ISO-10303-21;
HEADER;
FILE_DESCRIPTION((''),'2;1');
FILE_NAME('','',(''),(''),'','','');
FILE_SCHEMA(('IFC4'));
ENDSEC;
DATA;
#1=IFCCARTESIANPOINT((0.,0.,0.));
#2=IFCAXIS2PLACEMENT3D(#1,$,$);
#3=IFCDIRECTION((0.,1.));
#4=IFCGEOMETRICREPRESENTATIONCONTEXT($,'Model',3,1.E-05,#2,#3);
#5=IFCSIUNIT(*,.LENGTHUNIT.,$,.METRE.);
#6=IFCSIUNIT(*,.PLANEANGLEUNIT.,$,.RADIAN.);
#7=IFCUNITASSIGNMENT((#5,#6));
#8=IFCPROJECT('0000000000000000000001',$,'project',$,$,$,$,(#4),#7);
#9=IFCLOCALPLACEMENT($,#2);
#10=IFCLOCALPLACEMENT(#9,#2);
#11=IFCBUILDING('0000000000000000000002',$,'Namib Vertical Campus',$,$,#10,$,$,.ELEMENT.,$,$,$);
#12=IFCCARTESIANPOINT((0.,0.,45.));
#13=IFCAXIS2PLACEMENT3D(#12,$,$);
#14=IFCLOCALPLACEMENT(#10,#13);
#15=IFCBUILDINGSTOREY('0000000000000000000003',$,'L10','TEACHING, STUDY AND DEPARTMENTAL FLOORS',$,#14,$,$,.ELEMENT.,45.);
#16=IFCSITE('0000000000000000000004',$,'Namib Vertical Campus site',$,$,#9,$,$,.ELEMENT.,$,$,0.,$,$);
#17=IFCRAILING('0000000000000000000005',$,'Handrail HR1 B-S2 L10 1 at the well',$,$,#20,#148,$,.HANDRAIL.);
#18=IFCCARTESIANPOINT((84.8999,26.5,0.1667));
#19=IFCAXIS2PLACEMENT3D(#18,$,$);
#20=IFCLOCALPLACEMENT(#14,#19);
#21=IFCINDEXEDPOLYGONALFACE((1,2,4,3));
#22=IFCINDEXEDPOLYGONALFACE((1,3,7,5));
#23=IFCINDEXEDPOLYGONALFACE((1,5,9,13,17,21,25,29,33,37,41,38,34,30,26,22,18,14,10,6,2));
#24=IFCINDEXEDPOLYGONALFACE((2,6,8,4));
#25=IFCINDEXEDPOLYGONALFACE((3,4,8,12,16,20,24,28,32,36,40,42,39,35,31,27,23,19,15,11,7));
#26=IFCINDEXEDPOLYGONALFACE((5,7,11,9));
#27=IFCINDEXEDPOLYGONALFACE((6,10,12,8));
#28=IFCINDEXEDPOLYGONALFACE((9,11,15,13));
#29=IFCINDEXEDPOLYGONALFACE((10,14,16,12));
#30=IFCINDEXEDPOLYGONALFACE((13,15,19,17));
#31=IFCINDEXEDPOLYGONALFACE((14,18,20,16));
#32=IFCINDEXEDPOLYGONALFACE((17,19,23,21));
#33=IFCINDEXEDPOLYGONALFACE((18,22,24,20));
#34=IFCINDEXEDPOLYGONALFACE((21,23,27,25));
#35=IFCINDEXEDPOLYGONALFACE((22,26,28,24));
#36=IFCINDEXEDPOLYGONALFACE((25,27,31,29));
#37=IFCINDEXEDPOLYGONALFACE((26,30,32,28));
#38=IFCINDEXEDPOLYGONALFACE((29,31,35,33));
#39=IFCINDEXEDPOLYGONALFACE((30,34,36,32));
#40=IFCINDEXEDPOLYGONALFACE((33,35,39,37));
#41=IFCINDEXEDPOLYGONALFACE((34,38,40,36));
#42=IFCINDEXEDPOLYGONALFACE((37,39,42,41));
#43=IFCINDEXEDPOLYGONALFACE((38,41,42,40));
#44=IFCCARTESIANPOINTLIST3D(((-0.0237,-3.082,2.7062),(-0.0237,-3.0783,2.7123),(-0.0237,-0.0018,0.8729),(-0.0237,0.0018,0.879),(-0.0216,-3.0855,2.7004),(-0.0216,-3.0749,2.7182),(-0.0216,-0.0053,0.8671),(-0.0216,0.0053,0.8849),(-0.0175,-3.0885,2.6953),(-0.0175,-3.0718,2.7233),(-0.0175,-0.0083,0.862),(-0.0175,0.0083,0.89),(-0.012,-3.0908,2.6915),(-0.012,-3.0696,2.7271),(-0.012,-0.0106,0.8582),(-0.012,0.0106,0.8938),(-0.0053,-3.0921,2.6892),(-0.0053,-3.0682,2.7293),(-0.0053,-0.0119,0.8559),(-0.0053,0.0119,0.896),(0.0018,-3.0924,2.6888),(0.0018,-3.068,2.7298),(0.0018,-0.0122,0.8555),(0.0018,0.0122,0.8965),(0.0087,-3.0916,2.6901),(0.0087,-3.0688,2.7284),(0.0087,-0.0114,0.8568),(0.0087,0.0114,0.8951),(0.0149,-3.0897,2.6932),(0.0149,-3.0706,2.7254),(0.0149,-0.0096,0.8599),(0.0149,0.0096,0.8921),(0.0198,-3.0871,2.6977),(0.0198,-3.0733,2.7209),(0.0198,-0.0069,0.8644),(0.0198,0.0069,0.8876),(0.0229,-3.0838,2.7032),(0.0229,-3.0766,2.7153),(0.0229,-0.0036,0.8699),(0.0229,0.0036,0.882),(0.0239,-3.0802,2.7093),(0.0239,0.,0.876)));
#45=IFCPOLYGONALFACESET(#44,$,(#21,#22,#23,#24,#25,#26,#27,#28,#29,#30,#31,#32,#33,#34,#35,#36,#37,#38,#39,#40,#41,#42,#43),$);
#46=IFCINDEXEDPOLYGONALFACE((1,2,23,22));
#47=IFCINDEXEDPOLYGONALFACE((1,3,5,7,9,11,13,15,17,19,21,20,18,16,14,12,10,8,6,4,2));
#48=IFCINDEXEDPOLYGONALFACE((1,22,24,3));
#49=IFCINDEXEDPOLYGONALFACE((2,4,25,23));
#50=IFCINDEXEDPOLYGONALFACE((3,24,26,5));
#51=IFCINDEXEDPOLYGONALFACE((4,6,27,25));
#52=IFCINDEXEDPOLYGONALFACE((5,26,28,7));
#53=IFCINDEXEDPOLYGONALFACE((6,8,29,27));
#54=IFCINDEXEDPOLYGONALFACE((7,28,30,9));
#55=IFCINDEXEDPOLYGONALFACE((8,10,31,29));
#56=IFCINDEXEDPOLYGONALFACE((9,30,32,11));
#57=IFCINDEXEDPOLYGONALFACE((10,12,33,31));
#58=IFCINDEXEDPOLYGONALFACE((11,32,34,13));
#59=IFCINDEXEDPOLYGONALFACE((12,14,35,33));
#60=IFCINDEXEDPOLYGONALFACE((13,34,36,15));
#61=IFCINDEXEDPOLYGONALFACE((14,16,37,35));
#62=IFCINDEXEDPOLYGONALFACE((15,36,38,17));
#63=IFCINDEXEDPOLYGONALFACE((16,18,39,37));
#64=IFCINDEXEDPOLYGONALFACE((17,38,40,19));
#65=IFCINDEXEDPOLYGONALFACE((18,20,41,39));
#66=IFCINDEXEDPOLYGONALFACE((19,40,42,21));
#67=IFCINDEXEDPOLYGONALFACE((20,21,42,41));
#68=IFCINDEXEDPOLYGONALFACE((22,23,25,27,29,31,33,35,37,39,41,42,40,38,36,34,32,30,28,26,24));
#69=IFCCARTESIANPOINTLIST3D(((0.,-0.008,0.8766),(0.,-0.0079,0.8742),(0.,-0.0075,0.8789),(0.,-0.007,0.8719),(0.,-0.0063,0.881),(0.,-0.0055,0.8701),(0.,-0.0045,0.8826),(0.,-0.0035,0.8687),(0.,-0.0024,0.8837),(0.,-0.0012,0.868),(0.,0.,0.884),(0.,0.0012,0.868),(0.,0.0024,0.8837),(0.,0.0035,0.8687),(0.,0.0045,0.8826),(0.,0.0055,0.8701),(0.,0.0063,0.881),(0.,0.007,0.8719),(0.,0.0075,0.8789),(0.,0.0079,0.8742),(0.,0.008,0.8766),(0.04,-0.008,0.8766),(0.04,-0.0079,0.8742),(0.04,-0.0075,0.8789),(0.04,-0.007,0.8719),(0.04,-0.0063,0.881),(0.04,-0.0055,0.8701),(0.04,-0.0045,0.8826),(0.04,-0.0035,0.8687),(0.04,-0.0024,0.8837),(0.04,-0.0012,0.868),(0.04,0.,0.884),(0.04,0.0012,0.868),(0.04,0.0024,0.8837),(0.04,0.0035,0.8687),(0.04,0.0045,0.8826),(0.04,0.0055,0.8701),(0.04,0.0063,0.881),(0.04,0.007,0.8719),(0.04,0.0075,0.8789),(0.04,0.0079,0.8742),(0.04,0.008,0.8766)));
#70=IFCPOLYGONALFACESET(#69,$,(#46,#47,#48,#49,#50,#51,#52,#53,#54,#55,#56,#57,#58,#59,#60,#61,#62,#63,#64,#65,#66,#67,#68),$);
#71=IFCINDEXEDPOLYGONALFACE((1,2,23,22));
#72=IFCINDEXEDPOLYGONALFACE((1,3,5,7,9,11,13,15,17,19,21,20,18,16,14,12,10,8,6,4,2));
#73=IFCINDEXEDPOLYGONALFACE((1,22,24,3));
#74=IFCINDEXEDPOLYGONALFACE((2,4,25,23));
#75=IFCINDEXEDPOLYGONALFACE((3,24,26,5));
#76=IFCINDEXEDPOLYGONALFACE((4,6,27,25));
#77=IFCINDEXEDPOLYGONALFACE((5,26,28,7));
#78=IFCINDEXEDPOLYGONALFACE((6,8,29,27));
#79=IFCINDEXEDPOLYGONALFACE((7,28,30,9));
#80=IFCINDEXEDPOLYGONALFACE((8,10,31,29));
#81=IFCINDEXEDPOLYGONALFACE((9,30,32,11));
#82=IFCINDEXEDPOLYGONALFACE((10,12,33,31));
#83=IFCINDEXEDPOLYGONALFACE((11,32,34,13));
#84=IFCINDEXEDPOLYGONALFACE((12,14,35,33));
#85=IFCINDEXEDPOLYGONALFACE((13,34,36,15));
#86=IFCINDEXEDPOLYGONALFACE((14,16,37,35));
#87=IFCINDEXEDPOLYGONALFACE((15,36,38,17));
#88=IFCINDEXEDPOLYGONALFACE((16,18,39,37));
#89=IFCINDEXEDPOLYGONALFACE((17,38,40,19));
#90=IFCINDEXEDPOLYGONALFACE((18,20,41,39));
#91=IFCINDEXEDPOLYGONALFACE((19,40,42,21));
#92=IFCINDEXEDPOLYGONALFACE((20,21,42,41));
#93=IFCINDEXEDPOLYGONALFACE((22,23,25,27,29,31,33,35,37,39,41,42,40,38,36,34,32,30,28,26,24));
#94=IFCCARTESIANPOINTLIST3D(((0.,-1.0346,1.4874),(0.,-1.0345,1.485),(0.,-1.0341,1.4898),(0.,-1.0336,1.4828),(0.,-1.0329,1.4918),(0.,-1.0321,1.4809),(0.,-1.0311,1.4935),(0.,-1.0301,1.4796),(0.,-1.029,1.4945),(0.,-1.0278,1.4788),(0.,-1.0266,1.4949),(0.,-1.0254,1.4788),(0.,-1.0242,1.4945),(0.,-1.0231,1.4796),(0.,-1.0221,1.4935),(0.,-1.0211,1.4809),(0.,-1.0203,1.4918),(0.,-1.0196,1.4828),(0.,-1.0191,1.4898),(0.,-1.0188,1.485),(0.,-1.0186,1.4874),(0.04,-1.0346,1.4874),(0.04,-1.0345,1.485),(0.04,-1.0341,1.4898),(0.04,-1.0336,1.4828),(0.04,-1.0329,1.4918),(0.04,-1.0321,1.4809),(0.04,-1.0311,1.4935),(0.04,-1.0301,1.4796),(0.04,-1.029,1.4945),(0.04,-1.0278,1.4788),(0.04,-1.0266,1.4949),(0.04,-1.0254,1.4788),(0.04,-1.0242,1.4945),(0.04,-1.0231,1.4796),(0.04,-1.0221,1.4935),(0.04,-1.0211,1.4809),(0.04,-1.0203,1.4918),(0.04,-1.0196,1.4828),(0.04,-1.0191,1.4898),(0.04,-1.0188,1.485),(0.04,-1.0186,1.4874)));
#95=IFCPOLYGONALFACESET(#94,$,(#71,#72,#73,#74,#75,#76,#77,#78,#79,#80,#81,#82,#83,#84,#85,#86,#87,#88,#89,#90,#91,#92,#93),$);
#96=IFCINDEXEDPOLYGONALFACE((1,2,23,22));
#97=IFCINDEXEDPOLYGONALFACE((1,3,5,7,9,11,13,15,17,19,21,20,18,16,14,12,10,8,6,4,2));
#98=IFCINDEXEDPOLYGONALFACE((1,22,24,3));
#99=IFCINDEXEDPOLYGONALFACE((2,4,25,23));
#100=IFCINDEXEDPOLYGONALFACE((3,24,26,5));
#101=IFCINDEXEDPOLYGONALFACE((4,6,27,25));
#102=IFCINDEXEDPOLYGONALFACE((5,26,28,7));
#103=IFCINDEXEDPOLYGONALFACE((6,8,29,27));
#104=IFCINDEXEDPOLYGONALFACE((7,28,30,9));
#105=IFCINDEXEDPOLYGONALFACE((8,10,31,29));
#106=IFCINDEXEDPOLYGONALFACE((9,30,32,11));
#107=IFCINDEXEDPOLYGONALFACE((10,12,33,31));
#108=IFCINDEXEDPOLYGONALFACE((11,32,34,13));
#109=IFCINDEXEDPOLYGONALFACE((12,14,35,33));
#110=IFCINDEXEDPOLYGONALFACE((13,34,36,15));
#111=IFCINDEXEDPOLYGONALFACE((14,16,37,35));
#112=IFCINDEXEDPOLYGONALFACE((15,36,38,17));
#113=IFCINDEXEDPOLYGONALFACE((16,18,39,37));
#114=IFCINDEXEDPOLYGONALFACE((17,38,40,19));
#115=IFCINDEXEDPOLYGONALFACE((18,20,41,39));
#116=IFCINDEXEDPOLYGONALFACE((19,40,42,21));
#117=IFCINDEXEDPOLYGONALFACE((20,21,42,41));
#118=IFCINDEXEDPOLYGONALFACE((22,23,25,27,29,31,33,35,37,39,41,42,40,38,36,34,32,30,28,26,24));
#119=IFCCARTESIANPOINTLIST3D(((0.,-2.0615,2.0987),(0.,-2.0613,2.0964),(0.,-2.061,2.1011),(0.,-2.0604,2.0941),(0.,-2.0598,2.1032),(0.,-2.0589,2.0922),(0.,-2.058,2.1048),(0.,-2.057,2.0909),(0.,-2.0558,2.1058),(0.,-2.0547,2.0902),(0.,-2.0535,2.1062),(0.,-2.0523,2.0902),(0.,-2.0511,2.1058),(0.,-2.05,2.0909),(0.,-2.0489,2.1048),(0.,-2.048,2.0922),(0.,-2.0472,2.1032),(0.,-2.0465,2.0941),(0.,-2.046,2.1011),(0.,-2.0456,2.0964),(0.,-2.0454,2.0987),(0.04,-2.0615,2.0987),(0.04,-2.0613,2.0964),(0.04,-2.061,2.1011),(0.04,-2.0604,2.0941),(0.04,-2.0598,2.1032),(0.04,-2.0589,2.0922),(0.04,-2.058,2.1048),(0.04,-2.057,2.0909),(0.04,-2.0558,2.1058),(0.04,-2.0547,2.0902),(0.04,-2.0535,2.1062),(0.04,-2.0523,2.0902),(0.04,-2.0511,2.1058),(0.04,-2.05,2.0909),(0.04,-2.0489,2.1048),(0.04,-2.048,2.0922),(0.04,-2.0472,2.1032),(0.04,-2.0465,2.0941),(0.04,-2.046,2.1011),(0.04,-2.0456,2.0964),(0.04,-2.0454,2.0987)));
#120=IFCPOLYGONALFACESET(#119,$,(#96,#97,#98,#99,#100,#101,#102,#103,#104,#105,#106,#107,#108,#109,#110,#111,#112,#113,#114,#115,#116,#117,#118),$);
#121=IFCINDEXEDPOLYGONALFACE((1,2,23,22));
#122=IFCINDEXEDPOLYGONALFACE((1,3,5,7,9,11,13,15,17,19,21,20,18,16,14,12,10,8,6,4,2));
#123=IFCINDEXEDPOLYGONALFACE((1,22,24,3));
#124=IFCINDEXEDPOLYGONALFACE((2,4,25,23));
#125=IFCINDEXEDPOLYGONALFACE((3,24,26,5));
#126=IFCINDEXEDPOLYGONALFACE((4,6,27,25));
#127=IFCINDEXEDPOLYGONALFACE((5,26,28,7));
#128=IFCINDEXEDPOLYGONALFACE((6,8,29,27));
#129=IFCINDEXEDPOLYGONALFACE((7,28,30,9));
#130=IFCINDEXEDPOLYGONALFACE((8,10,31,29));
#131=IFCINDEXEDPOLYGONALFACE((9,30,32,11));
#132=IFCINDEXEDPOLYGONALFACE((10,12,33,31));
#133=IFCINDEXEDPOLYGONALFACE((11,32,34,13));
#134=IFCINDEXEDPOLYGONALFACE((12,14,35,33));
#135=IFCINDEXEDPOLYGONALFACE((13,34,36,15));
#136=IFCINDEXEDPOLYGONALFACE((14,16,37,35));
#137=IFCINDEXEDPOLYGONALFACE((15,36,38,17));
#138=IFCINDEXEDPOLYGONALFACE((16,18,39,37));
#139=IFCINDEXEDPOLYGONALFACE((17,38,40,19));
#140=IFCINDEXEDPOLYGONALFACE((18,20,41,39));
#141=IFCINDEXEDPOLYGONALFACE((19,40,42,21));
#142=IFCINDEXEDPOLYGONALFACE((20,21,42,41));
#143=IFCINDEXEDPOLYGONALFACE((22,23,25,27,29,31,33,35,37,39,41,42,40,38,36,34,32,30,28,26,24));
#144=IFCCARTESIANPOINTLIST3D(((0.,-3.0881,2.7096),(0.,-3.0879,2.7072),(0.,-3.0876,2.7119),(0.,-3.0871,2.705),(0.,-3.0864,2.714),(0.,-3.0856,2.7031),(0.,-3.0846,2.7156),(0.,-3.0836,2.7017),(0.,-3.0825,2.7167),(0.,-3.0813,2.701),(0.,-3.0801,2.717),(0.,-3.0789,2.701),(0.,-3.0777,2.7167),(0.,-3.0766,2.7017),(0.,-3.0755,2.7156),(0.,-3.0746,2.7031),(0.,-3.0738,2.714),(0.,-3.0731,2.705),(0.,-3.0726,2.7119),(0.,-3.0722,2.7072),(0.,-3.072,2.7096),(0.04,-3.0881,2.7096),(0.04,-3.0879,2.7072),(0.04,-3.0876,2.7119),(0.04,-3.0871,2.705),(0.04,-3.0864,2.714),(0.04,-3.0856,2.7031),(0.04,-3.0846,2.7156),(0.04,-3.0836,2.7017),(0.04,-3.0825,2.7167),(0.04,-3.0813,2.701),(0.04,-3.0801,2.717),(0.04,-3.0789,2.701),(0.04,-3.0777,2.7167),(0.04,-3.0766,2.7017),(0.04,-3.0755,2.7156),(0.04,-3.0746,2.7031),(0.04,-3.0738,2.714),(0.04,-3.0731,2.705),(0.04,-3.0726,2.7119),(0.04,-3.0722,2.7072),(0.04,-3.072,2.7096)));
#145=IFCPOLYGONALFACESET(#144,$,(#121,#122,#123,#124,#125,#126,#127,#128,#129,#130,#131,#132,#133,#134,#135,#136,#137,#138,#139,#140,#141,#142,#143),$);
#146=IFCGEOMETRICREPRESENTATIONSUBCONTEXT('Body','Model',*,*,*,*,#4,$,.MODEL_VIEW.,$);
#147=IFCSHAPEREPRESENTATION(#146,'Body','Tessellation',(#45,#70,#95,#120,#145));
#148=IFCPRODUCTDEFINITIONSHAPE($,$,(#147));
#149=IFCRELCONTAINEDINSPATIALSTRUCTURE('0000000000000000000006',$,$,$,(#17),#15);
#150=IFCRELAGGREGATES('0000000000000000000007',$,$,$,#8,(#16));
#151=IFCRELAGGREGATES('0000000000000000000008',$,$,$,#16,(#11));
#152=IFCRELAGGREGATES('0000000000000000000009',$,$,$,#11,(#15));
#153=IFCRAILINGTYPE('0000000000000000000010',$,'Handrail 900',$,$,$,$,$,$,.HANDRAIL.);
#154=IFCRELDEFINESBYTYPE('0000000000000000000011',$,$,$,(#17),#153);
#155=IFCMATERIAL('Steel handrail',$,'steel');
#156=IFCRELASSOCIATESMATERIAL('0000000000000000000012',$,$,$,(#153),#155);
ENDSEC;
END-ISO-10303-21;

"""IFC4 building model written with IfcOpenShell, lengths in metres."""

from ifc_helpers import new_model, si_unit, direction, frame, origin, origin_2d, place, context, subcontext, project, spatial, circle, extrude, material, type_object, element, save


model = new_model("IFC4")

# Units and contexts
model_context = context("Model", 3, precision=1e-05, world=origin(), true_north=direction((0.0, 1.0)))
body_context = subcontext(model_context, "Body", "Model", "MODEL_VIEW")
ifc_project = project(units=[si_unit("LENGTHUNIT", "METRE"), si_unit("PLANEANGLEUNIT", "RADIAN")], contexts=[model_context])

# Site, building, storey
site_placement = place(None, origin())
site = spatial("IfcSite", under=ifc_project, at=site_placement, Name="Namib Vertical Campus site", CompositionType="ELEMENT", RefElevation=0.0)
building_placement = place(site_placement, origin())
building = spatial("IfcBuilding", under=site, at=building_placement, Name="Namib Vertical Campus", CompositionType="ELEMENT")
storey_placement = place(building_placement, frame((0.0, 0.0, 45.0)))
storey = spatial("IfcBuildingStorey", under=building, at=storey_placement, Name="L10", Description="TEACHING, STUDY AND DEPARTMENTAL FLOORS", CompositionType="ELEMENT", Elevation=45.0)

# Railing
ifc_material_1 = material(Name="Steel handrail", Category="steel")
railing_type_1 = type_object("IfcRailingType", Name="Handrail 900", PredefinedType="HANDRAIL", material=ifc_material_1)
railing_1_placement = place(storey_placement, frame((84.8999, 26.5, 0.1667)))
element("IfcRailing", 1, at=railing_1_placement, inside=storey, type_object=railing_type_1, Name="Handrail HR1 B-S2 L10 1 at the well", PredefinedType="HANDRAIL", context=body_context, shape_type="SweptSolid", body=[
    extrude(circle(Radius=0.0239, at=origin_2d()), frame((0.0, 0.0, 0.876), z_axis=(0.0, -0.859309, 0.511458), x_axis=(1.0, 0.0, 0.0)), (0.0, 0.0, 1.0), 3.5845),
    extrude(circle(Radius=0.0081, at=origin_2d()), frame((0.0, 0.0, 0.876), z_axis=(1.0, 0.0, 0.0), x_axis=(0.0, 0.0, 1.0)), (0.0, 0.0, 1.0), 0.04),
    extrude(circle(Radius=0.0081, at=origin_2d()), frame((0.0, -1.0266, 1.4868), z_axis=(1.0, 0.0, 0.0), x_axis=(0.0, 0.0, 1.0)), (0.0, 0.0, 1.0), 0.04),
    extrude(circle(Radius=0.0081, at=origin_2d()), frame((0.0, -2.0535, 2.0981), z_axis=(1.0, 0.0, 0.0), x_axis=(0.0, 0.0, 1.0)), (0.0, 0.0, 1.0), 0.04),
    extrude(circle(Radius=0.0081, at=origin_2d()), frame((0.0, -3.0801, 2.709), z_axis=(1.0, 0.0, 0.0), x_axis=(0.0, 0.0, 1.0)), (0.0, 0.0, 1.0), 0.04),
])

save(model, "model.ifc")
